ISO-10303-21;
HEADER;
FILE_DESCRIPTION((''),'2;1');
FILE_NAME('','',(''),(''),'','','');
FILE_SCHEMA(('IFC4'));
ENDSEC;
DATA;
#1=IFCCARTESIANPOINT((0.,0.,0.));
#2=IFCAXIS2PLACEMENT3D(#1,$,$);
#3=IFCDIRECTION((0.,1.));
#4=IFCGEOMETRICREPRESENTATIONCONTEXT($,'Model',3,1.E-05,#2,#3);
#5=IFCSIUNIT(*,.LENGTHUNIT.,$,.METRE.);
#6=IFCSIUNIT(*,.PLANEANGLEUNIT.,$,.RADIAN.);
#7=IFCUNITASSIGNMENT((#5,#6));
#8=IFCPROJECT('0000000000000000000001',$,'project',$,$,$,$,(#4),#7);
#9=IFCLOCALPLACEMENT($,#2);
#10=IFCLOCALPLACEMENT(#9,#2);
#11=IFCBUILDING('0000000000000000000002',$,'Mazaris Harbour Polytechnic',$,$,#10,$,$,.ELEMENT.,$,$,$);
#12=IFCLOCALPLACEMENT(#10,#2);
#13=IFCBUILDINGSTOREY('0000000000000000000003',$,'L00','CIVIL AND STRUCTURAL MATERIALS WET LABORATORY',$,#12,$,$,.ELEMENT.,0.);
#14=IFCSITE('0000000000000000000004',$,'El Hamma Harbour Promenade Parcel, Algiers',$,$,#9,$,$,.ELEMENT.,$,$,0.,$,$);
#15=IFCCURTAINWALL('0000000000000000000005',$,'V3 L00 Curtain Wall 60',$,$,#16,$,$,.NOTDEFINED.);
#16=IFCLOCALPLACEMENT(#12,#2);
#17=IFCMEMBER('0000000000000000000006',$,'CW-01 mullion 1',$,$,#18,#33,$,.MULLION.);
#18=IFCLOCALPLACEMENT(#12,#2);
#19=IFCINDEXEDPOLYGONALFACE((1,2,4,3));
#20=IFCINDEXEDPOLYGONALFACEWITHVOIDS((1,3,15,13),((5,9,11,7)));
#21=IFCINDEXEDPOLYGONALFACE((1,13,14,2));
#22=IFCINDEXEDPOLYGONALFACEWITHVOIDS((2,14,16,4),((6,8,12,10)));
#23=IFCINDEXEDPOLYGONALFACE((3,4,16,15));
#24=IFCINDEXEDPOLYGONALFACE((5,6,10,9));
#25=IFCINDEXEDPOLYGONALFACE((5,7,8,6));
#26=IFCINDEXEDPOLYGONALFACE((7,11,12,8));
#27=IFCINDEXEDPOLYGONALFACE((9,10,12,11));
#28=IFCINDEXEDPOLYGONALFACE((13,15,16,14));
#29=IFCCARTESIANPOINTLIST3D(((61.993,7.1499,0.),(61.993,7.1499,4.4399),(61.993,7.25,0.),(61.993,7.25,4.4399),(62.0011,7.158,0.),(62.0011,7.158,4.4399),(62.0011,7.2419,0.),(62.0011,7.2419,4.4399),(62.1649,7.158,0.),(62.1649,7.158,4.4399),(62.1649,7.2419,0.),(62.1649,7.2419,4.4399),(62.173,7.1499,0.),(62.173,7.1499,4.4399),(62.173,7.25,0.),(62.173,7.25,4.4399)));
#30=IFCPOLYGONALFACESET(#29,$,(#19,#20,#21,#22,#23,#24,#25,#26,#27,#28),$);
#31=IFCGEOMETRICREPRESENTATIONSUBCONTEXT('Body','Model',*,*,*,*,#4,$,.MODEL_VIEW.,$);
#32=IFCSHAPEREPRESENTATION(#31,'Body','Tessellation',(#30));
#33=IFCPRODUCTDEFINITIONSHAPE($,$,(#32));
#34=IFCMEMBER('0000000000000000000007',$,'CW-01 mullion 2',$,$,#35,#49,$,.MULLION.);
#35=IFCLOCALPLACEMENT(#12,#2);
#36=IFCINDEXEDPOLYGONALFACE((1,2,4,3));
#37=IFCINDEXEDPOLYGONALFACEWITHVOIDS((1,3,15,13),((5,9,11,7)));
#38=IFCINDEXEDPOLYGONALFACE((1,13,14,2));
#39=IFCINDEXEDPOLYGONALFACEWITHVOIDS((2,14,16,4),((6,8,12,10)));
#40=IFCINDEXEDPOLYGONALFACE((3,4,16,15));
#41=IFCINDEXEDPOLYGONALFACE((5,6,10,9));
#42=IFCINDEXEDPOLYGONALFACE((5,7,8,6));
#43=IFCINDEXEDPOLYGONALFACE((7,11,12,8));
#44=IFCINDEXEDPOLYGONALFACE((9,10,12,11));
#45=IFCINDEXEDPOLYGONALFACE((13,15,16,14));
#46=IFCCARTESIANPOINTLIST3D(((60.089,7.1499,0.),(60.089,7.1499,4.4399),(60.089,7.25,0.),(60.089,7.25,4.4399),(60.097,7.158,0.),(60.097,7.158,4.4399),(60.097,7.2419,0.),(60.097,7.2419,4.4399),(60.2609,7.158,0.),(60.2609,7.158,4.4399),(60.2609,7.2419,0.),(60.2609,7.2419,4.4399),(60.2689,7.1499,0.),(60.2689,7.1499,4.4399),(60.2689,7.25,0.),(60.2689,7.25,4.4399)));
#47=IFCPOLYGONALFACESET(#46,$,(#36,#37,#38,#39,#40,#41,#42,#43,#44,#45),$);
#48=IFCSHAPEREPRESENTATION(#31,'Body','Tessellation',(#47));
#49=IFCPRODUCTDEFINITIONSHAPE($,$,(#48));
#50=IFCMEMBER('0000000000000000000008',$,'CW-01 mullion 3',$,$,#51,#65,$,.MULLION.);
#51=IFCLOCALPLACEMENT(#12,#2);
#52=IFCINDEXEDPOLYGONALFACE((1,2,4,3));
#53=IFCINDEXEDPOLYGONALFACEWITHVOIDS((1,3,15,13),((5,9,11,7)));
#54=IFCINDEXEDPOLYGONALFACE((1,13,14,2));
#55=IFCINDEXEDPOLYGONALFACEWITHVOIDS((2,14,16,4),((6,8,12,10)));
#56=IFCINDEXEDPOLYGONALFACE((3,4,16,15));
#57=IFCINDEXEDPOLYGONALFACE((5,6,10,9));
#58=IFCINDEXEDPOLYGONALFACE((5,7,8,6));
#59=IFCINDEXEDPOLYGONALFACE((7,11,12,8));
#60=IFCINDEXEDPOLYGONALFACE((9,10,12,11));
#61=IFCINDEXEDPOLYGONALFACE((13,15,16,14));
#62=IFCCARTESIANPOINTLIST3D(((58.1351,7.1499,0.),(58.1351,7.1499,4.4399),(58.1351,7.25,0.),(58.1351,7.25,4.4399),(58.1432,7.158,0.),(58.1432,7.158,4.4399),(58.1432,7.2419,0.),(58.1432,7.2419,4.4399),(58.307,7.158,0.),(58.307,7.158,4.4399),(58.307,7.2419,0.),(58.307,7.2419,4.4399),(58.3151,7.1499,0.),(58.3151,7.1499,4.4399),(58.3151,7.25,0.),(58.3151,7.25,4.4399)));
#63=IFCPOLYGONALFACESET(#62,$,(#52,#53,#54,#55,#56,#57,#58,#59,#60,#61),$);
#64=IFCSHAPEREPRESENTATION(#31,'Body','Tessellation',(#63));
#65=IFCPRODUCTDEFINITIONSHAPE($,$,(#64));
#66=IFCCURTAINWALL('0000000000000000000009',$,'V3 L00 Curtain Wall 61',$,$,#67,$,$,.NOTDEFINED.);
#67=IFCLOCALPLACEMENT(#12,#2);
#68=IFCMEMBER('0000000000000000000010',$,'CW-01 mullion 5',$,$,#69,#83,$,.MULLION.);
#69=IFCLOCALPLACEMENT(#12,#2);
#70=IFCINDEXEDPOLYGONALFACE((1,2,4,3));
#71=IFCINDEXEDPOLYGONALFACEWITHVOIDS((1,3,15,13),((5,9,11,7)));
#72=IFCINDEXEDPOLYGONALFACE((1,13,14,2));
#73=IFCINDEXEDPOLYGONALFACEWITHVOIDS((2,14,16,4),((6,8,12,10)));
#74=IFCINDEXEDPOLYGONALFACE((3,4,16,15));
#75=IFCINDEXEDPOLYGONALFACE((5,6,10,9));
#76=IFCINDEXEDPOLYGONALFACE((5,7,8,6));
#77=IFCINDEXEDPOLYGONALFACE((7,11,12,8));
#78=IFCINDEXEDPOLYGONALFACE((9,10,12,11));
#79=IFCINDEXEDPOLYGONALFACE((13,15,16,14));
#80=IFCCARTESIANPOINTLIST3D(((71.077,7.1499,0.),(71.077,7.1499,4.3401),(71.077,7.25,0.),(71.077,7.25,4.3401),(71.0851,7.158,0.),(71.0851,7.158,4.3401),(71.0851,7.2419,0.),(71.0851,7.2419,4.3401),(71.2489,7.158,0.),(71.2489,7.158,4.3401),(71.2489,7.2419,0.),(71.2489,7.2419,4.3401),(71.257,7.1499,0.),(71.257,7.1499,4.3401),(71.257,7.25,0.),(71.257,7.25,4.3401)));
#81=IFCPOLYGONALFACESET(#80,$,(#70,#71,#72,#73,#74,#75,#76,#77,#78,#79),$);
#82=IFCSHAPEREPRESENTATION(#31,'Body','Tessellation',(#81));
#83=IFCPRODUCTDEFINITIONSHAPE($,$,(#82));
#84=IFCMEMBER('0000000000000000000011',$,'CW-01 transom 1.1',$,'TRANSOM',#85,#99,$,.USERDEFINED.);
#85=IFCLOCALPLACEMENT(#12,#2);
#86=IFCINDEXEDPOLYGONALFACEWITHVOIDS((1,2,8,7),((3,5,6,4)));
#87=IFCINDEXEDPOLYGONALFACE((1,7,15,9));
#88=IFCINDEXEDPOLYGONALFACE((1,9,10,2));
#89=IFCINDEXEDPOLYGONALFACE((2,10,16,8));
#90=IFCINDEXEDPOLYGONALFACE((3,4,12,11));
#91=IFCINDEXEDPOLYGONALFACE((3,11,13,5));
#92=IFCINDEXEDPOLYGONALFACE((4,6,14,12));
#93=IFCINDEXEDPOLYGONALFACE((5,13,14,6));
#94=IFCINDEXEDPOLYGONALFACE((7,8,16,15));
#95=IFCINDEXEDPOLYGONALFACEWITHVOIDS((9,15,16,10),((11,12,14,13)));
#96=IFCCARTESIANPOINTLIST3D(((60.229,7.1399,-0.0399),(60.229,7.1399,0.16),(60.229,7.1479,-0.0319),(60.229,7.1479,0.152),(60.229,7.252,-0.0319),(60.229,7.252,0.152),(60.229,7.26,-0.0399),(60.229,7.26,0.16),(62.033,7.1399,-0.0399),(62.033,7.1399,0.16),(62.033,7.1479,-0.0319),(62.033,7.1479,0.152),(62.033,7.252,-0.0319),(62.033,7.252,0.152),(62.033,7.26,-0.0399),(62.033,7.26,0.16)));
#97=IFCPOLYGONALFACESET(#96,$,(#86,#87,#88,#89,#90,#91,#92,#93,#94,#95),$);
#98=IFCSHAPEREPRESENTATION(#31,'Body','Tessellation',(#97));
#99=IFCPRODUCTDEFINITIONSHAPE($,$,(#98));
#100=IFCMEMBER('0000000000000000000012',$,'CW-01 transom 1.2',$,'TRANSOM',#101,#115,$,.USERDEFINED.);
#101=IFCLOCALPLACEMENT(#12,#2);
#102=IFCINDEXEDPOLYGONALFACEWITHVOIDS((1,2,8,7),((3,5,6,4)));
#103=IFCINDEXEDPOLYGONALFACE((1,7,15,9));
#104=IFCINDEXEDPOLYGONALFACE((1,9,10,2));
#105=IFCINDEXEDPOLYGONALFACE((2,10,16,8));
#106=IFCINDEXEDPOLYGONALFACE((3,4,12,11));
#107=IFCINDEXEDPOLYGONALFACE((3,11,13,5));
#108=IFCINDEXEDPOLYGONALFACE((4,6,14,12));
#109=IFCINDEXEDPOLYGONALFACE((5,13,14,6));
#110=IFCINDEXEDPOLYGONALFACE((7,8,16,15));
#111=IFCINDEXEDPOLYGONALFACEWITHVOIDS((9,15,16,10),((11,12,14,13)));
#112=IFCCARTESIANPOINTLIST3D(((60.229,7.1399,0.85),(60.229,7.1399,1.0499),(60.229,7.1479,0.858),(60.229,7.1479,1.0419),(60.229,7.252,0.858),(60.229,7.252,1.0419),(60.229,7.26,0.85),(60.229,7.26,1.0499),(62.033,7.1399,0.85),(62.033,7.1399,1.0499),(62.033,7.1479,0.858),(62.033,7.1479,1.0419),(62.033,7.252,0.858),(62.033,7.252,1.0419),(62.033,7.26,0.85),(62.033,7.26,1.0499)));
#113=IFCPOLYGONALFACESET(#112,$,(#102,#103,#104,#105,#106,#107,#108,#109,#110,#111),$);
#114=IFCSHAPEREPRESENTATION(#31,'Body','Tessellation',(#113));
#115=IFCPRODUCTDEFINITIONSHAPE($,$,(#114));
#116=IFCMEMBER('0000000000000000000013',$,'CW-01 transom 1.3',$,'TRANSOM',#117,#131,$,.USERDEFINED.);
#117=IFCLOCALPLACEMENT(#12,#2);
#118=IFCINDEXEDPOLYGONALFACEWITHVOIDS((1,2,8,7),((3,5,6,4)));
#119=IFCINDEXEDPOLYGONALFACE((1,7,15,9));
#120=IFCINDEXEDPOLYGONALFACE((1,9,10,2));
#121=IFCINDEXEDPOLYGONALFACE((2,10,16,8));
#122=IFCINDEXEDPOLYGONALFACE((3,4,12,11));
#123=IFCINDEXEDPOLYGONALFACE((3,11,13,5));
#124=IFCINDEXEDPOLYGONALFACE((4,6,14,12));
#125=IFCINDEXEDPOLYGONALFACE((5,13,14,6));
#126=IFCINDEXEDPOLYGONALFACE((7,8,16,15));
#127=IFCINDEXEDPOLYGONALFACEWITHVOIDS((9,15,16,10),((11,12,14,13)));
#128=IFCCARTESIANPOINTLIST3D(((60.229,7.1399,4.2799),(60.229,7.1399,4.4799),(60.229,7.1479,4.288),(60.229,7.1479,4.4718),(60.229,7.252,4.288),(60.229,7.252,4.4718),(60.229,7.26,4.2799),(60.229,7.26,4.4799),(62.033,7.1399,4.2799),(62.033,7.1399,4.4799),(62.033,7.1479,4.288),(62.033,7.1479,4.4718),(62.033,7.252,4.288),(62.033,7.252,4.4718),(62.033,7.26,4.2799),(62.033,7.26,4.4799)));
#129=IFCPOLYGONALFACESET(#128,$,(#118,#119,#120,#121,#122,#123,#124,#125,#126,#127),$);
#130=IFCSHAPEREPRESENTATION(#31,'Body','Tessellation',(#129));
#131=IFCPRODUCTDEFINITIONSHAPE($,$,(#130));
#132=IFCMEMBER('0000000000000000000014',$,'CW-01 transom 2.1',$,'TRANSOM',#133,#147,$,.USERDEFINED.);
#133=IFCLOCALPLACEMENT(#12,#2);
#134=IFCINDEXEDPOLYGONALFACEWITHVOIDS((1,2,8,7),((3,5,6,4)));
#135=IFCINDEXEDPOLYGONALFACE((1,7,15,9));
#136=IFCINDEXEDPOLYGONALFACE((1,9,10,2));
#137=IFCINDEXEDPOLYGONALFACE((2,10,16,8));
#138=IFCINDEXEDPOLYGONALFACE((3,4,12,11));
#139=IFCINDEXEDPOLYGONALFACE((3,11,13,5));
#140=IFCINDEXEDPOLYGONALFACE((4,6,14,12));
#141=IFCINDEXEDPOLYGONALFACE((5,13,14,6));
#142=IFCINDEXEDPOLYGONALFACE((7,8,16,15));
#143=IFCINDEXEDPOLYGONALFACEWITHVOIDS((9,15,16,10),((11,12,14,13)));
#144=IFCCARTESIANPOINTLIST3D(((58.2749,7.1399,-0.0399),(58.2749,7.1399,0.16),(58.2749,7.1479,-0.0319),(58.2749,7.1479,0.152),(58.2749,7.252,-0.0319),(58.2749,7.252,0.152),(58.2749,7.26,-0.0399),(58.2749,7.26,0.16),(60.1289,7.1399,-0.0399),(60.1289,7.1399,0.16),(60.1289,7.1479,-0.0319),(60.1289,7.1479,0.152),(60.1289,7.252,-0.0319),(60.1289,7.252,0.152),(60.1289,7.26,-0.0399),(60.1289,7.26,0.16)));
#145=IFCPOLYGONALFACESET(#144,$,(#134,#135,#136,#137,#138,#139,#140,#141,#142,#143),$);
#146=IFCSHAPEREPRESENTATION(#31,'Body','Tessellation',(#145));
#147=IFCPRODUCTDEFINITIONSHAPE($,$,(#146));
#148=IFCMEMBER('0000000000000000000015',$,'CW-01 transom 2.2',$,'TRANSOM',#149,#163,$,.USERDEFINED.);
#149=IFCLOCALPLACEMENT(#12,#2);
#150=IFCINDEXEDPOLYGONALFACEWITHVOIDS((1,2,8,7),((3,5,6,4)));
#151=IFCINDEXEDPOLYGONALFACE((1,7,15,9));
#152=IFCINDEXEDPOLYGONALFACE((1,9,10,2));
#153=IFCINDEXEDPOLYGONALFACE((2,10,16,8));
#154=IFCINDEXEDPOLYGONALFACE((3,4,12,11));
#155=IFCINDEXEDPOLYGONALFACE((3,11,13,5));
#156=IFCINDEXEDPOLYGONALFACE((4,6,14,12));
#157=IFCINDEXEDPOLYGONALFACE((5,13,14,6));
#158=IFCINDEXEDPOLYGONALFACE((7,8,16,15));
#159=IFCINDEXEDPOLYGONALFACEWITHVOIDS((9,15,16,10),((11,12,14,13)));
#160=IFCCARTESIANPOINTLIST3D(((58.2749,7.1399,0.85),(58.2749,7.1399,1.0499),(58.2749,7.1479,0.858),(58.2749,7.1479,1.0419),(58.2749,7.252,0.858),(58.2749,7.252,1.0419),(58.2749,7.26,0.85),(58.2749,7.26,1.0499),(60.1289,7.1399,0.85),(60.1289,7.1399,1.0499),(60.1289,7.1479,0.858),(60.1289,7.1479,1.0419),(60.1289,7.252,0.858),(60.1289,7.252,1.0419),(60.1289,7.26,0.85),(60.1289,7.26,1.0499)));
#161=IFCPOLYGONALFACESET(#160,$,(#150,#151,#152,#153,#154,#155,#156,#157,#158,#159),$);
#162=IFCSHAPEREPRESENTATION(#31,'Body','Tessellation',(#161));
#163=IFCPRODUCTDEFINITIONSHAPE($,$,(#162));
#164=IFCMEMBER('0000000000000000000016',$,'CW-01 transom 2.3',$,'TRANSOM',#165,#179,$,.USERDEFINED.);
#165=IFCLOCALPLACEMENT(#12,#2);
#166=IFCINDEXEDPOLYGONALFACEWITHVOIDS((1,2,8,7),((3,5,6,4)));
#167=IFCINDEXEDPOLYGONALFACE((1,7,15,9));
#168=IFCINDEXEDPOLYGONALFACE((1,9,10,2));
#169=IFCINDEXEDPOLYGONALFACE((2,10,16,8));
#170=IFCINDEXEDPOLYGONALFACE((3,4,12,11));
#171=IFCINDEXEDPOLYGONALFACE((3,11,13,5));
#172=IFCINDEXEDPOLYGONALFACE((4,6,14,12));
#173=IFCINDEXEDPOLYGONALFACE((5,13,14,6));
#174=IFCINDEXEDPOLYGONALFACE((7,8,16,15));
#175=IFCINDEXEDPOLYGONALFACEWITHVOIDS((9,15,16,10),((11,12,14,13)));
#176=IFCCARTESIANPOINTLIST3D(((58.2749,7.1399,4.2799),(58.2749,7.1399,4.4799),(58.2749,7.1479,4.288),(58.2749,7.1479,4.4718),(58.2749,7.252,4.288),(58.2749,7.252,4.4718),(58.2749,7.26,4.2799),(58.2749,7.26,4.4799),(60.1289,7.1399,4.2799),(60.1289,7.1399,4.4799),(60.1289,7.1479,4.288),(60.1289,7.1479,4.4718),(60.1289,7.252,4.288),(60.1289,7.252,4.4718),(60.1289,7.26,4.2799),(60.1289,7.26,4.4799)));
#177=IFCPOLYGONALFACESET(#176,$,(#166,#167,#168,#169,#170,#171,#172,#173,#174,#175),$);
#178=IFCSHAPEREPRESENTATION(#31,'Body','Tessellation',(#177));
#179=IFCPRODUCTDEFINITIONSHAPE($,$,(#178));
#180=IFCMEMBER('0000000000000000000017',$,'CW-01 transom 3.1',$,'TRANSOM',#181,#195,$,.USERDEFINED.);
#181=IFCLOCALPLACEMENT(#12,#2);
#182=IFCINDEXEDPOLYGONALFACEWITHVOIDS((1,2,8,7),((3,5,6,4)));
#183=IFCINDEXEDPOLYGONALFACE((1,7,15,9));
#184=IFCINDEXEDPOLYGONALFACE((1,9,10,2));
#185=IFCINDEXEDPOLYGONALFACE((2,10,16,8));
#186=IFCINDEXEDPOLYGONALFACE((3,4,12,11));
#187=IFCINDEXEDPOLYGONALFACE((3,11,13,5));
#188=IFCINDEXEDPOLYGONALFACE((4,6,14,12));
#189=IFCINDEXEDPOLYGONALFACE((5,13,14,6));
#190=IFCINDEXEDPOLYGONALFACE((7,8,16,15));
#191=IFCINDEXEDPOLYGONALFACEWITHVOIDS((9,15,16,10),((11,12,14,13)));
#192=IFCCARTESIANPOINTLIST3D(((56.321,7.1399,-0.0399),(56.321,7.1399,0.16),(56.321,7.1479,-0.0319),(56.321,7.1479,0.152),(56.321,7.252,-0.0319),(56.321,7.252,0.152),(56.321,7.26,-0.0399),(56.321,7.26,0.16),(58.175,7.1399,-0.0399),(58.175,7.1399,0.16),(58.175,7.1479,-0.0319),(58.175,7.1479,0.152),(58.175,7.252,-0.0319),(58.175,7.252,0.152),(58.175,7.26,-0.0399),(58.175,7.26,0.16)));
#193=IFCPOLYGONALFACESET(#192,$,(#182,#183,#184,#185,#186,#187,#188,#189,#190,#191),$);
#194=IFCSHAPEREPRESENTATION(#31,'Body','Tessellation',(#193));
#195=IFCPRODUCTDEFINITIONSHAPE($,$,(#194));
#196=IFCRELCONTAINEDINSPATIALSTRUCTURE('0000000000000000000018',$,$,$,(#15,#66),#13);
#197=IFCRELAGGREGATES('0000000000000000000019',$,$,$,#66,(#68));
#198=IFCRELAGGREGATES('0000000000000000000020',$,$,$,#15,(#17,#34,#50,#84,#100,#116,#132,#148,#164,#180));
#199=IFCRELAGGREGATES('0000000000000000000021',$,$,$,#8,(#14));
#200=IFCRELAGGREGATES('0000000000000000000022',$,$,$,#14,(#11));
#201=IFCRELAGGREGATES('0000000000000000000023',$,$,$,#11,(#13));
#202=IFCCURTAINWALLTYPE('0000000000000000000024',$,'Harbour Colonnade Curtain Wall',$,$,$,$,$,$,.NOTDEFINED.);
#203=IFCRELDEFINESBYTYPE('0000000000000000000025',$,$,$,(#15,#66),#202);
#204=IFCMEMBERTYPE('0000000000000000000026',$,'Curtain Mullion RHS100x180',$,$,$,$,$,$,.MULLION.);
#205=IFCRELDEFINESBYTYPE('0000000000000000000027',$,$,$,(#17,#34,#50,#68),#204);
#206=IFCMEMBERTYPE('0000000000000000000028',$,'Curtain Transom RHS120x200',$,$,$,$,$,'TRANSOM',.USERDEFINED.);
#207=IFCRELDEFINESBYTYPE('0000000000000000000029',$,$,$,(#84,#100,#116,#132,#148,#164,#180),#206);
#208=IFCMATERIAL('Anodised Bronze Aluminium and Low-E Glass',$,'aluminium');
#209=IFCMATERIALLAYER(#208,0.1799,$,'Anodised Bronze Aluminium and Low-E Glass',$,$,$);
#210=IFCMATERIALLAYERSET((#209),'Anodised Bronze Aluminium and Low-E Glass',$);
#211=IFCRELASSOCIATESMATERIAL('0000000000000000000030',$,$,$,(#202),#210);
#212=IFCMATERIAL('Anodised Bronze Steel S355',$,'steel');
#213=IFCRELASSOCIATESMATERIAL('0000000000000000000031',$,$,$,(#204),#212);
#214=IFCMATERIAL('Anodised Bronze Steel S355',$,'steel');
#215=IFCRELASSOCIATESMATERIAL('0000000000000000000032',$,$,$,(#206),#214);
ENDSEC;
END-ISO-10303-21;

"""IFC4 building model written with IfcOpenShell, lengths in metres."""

from ifc_helpers import new_model, si_unit, direction, frame, origin, origin_2d, place, context, subcontext, project, spatial, hollow_rectangle, extrude, material, layer, layer_set, material_profile, profile_set, type_object, element, aggregate, save


model = new_model("IFC4")

# Units and contexts
model_context = context("Model", 3, precision=1e-05, world=origin(), true_north=direction((0.0, 1.0)))
body_context = subcontext(model_context, "Body", "Model", "MODEL_VIEW")
ifc_project = project(units=[si_unit("LENGTHUNIT", "METRE"), si_unit("PLANEANGLEUNIT", "RADIAN")], contexts=[model_context])

# Site, building, storey
site_placement = place(None, origin())
site = spatial("IfcSite", under=ifc_project, at=site_placement, Name="El Hamma Harbour Promenade Parcel, Algiers", CompositionType="ELEMENT", RefElevation=0.0)
building_placement = place(site_placement, origin())
building = spatial("IfcBuilding", under=site, at=building_placement, Name="Mazaris Harbour Polytechnic", CompositionType="ELEMENT")
storey_placement = place(building_placement, origin())
storey = spatial("IfcBuildingStorey", under=building, at=storey_placement, Name="L00", Description="CIVIL AND STRUCTURAL MATERIALS WET LABORATORY", CompositionType="ELEMENT", Elevation=0.0)

# Curtain wall, members
ifc_material_1 = material(Name="Anodised Bronze Aluminium and Low-E Glass", Category="aluminium")
ifc_layer_1 = layer(ifc_material_1, 0.1799, Name="Anodised Bronze Aluminium and Low-E Glass")
ifc_layer_set_1 = layer_set([ifc_layer_1], Name="Anodised Bronze Aluminium and Low-E Glass")
curtain_wall_type = type_object("IfcCurtainWallType", Name="Harbour Colonnade Curtain Wall", PredefinedType="NOTDEFINED", material=ifc_layer_set_1)
curtain_wall_1_placement = place(storey_placement, origin())
curtain_wall_1 = element("IfcCurtainWall", 1, at=curtain_wall_1_placement, inside=storey, type_object=curtain_wall_type, Name="V3 L00 Curtain Wall 60", PredefinedType="NOTDEFINED")
ifc_material_2 = material(Name="Anodised Bronze Steel S355", Category="steel")
ifc_material_profile_1 = material_profile(ifc_material_2, hollow_rectangle(XDim=0.1001, YDim=0.1799, WallThickness=0.0081, at=origin_2d()), Name="RHS 100x180x8.0")
ifc_profile_set_1 = profile_set([ifc_material_profile_1], Name="Anodised Bronze Steel S355")
member_type_1 = type_object("IfcMemberType", Name="Curtain Mullion RHS100x180", PredefinedType="MULLION", material=ifc_profile_set_1)
member_1_placement = place(storey_placement, frame((62.083, 7.2, 0.0), z_axis=(0.0, 0.0, 1.0), x_axis=(0.0, -1.0, 0.0)))
member_1 = element("IfcMember", 2, at=member_1_placement, type_object=member_type_1, Name="CW-01 mullion 1", PredefinedType="MULLION", context=body_context, shape_type="SweptSolid", body=[
    extrude(hollow_rectangle(XDim=0.1001, YDim=0.1799, WallThickness=0.0081, at=origin_2d()), origin(), (0.0, 0.0, 1.0), 4.4399),
])
member_2_placement = place(storey_placement, frame((60.179, 7.2, 0.0), z_axis=(0.0, 0.0, 1.0), x_axis=(0.0, -1.0, 0.0)))
member_2 = element("IfcMember", 3, at=member_2_placement, type_object=member_type_1, Name="CW-01 mullion 2", PredefinedType="MULLION", context=body_context, shape_type="SweptSolid", body=[
    extrude(hollow_rectangle(XDim=0.1001, YDim=0.1799, WallThickness=0.0081, at=origin_2d()), origin(), (0.0, 0.0, 1.0), 4.4399),
])
member_3_placement = place(storey_placement, frame((58.2251, 7.2, 0.0), z_axis=(0.0, 0.0, 1.0), x_axis=(0.0, -1.0, 0.0)))
member_3 = element("IfcMember", 4, at=member_3_placement, type_object=member_type_1, Name="CW-01 mullion 3", PredefinedType="MULLION", context=body_context, shape_type="SweptSolid", body=[
    extrude(hollow_rectangle(XDim=0.1001, YDim=0.1799, WallThickness=0.0081, at=origin_2d()), origin(), (0.0, 0.0, 1.0), 4.4399),
])

# Curtain wall, member
curtain_wall_2_placement = place(storey_placement, origin())
curtain_wall_2 = element("IfcCurtainWall", 5, at=curtain_wall_2_placement, inside=storey, type_object=curtain_wall_type, Name="V3 L00 Curtain Wall 61", PredefinedType="NOTDEFINED")
member_4_placement = place(storey_placement, frame((71.167, 7.2, 0.0), z_axis=(0.0, 0.0, 1.0), x_axis=(0.0, -1.0, 0.0)))
member_4 = element("IfcMember", 6, at=member_4_placement, type_object=member_type_1, Name="CW-01 mullion 5", PredefinedType="MULLION", context=body_context, shape_type="SweptSolid", body=[
    extrude(hollow_rectangle(XDim=0.1001, YDim=0.1799, WallThickness=0.0081, at=origin_2d()), origin(), (0.0, 0.0, 1.0), 4.3401),
])
aggregate(curtain_wall_2, [member_4])

# Members
ifc_material_3 = material(Name="Anodised Bronze Steel S355", Category="steel")
ifc_material_profile_2 = material_profile(ifc_material_3, hollow_rectangle(XDim=0.1201, YDim=0.2, WallThickness=0.0081, at=origin_2d()), Name="RHS 120x200x8.0")
ifc_profile_set_2 = profile_set([ifc_material_profile_2], Name="Anodised Bronze Steel S355")
member_type_2 = type_object("IfcMemberType", Name="Curtain Transom RHS120x200", ElementType="TRANSOM", PredefinedType="USERDEFINED", material=ifc_profile_set_2)
member_5_placement = place(storey_placement, frame((62.033, 7.2, 0.0601), z_axis=(-1.0, 0.0, 0.0), x_axis=(0.0, -1.0, 0.0)))
member_5 = element("IfcMember", 7, at=member_5_placement, type_object=member_type_2, Name="CW-01 transom 1.1", ObjectType="TRANSOM", PredefinedType="USERDEFINED", context=body_context, shape_type="SweptSolid", body=[
    extrude(hollow_rectangle(XDim=0.1201, YDim=0.2, WallThickness=0.0081, at=origin_2d()), origin(), (0.0, 0.0, 1.0), 1.804),
])
member_6_placement = place(storey_placement, frame((62.033, 7.2, 0.95), z_axis=(-1.0, 0.0, 0.0), x_axis=(0.0, -1.0, 0.0)))
member_6 = element("IfcMember", 8, at=member_6_placement, type_object=member_type_2, Name="CW-01 transom 1.2", ObjectType="TRANSOM", PredefinedType="USERDEFINED", context=body_context, shape_type="SweptSolid", body=[
    extrude(hollow_rectangle(XDim=0.1201, YDim=0.2, WallThickness=0.0081, at=origin_2d()), origin(), (0.0, 0.0, 1.0), 1.804),
])
member_7_placement = place(storey_placement, frame((62.033, 7.2, 4.3799), z_axis=(-1.0, 0.0, 0.0), x_axis=(0.0, -1.0, 0.0)))
member_7 = element("IfcMember", 9, at=member_7_placement, type_object=member_type_2, Name="CW-01 transom 1.3", ObjectType="TRANSOM", PredefinedType="USERDEFINED", context=body_context, shape_type="SweptSolid", body=[
    extrude(hollow_rectangle(XDim=0.1201, YDim=0.2, WallThickness=0.0081, at=origin_2d()), origin(), (0.0, 0.0, 1.0), 1.804),
])
member_8_placement = place(storey_placement, frame((60.1289, 7.2, 0.0601), z_axis=(-1.0, 0.0, 0.0), x_axis=(0.0, -1.0, 0.0)))
member_8 = element("IfcMember", 10, at=member_8_placement, type_object=member_type_2, Name="CW-01 transom 2.1", ObjectType="TRANSOM", PredefinedType="USERDEFINED", context=body_context, shape_type="SweptSolid", body=[
    extrude(hollow_rectangle(XDim=0.1201, YDim=0.2, WallThickness=0.0081, at=origin_2d()), origin(), (0.0, 0.0, 1.0), 1.854),
])
member_9_placement = place(storey_placement, frame((60.1289, 7.2, 0.95), z_axis=(-1.0, 0.0, 0.0), x_axis=(0.0, -1.0, 0.0)))
member_9 = element("IfcMember", 11, at=member_9_placement, type_object=member_type_2, Name="CW-01 transom 2.2", ObjectType="TRANSOM", PredefinedType="USERDEFINED", context=body_context, shape_type="SweptSolid", body=[
    extrude(hollow_rectangle(XDim=0.1201, YDim=0.2, WallThickness=0.0081, at=origin_2d()), origin(), (0.0, 0.0, 1.0), 1.854),
])
member_10_placement = place(storey_placement, frame((60.1289, 7.2, 4.3799), z_axis=(-1.0, 0.0, 0.0), x_axis=(0.0, -1.0, 0.0)))
member_10 = element("IfcMember", 12, at=member_10_placement, type_object=member_type_2, Name="CW-01 transom 2.3", ObjectType="TRANSOM", PredefinedType="USERDEFINED", context=body_context, shape_type="SweptSolid", body=[
    extrude(hollow_rectangle(XDim=0.1201, YDim=0.2, WallThickness=0.0081, at=origin_2d()), origin(), (0.0, 0.0, 1.0), 1.854),
])
member_11_placement = place(storey_placement, frame((58.175, 7.2, 0.0601), z_axis=(-1.0, 0.0, 0.0), x_axis=(0.0, -1.0, 0.0)))
member_11 = element("IfcMember", 13, at=member_11_placement, type_object=member_type_2, Name="CW-01 transom 3.1", ObjectType="TRANSOM", PredefinedType="USERDEFINED", context=body_context, shape_type="SweptSolid", body=[
    extrude(hollow_rectangle(XDim=0.1201, YDim=0.2, WallThickness=0.0081, at=origin_2d()), origin(), (0.0, 0.0, 1.0), 1.854),
])

aggregate(curtain_wall_1, [member_1, member_2, member_3, member_5, member_6, member_7, member_8, member_9, member_10, member_11])

save(model, "model.ifc")
